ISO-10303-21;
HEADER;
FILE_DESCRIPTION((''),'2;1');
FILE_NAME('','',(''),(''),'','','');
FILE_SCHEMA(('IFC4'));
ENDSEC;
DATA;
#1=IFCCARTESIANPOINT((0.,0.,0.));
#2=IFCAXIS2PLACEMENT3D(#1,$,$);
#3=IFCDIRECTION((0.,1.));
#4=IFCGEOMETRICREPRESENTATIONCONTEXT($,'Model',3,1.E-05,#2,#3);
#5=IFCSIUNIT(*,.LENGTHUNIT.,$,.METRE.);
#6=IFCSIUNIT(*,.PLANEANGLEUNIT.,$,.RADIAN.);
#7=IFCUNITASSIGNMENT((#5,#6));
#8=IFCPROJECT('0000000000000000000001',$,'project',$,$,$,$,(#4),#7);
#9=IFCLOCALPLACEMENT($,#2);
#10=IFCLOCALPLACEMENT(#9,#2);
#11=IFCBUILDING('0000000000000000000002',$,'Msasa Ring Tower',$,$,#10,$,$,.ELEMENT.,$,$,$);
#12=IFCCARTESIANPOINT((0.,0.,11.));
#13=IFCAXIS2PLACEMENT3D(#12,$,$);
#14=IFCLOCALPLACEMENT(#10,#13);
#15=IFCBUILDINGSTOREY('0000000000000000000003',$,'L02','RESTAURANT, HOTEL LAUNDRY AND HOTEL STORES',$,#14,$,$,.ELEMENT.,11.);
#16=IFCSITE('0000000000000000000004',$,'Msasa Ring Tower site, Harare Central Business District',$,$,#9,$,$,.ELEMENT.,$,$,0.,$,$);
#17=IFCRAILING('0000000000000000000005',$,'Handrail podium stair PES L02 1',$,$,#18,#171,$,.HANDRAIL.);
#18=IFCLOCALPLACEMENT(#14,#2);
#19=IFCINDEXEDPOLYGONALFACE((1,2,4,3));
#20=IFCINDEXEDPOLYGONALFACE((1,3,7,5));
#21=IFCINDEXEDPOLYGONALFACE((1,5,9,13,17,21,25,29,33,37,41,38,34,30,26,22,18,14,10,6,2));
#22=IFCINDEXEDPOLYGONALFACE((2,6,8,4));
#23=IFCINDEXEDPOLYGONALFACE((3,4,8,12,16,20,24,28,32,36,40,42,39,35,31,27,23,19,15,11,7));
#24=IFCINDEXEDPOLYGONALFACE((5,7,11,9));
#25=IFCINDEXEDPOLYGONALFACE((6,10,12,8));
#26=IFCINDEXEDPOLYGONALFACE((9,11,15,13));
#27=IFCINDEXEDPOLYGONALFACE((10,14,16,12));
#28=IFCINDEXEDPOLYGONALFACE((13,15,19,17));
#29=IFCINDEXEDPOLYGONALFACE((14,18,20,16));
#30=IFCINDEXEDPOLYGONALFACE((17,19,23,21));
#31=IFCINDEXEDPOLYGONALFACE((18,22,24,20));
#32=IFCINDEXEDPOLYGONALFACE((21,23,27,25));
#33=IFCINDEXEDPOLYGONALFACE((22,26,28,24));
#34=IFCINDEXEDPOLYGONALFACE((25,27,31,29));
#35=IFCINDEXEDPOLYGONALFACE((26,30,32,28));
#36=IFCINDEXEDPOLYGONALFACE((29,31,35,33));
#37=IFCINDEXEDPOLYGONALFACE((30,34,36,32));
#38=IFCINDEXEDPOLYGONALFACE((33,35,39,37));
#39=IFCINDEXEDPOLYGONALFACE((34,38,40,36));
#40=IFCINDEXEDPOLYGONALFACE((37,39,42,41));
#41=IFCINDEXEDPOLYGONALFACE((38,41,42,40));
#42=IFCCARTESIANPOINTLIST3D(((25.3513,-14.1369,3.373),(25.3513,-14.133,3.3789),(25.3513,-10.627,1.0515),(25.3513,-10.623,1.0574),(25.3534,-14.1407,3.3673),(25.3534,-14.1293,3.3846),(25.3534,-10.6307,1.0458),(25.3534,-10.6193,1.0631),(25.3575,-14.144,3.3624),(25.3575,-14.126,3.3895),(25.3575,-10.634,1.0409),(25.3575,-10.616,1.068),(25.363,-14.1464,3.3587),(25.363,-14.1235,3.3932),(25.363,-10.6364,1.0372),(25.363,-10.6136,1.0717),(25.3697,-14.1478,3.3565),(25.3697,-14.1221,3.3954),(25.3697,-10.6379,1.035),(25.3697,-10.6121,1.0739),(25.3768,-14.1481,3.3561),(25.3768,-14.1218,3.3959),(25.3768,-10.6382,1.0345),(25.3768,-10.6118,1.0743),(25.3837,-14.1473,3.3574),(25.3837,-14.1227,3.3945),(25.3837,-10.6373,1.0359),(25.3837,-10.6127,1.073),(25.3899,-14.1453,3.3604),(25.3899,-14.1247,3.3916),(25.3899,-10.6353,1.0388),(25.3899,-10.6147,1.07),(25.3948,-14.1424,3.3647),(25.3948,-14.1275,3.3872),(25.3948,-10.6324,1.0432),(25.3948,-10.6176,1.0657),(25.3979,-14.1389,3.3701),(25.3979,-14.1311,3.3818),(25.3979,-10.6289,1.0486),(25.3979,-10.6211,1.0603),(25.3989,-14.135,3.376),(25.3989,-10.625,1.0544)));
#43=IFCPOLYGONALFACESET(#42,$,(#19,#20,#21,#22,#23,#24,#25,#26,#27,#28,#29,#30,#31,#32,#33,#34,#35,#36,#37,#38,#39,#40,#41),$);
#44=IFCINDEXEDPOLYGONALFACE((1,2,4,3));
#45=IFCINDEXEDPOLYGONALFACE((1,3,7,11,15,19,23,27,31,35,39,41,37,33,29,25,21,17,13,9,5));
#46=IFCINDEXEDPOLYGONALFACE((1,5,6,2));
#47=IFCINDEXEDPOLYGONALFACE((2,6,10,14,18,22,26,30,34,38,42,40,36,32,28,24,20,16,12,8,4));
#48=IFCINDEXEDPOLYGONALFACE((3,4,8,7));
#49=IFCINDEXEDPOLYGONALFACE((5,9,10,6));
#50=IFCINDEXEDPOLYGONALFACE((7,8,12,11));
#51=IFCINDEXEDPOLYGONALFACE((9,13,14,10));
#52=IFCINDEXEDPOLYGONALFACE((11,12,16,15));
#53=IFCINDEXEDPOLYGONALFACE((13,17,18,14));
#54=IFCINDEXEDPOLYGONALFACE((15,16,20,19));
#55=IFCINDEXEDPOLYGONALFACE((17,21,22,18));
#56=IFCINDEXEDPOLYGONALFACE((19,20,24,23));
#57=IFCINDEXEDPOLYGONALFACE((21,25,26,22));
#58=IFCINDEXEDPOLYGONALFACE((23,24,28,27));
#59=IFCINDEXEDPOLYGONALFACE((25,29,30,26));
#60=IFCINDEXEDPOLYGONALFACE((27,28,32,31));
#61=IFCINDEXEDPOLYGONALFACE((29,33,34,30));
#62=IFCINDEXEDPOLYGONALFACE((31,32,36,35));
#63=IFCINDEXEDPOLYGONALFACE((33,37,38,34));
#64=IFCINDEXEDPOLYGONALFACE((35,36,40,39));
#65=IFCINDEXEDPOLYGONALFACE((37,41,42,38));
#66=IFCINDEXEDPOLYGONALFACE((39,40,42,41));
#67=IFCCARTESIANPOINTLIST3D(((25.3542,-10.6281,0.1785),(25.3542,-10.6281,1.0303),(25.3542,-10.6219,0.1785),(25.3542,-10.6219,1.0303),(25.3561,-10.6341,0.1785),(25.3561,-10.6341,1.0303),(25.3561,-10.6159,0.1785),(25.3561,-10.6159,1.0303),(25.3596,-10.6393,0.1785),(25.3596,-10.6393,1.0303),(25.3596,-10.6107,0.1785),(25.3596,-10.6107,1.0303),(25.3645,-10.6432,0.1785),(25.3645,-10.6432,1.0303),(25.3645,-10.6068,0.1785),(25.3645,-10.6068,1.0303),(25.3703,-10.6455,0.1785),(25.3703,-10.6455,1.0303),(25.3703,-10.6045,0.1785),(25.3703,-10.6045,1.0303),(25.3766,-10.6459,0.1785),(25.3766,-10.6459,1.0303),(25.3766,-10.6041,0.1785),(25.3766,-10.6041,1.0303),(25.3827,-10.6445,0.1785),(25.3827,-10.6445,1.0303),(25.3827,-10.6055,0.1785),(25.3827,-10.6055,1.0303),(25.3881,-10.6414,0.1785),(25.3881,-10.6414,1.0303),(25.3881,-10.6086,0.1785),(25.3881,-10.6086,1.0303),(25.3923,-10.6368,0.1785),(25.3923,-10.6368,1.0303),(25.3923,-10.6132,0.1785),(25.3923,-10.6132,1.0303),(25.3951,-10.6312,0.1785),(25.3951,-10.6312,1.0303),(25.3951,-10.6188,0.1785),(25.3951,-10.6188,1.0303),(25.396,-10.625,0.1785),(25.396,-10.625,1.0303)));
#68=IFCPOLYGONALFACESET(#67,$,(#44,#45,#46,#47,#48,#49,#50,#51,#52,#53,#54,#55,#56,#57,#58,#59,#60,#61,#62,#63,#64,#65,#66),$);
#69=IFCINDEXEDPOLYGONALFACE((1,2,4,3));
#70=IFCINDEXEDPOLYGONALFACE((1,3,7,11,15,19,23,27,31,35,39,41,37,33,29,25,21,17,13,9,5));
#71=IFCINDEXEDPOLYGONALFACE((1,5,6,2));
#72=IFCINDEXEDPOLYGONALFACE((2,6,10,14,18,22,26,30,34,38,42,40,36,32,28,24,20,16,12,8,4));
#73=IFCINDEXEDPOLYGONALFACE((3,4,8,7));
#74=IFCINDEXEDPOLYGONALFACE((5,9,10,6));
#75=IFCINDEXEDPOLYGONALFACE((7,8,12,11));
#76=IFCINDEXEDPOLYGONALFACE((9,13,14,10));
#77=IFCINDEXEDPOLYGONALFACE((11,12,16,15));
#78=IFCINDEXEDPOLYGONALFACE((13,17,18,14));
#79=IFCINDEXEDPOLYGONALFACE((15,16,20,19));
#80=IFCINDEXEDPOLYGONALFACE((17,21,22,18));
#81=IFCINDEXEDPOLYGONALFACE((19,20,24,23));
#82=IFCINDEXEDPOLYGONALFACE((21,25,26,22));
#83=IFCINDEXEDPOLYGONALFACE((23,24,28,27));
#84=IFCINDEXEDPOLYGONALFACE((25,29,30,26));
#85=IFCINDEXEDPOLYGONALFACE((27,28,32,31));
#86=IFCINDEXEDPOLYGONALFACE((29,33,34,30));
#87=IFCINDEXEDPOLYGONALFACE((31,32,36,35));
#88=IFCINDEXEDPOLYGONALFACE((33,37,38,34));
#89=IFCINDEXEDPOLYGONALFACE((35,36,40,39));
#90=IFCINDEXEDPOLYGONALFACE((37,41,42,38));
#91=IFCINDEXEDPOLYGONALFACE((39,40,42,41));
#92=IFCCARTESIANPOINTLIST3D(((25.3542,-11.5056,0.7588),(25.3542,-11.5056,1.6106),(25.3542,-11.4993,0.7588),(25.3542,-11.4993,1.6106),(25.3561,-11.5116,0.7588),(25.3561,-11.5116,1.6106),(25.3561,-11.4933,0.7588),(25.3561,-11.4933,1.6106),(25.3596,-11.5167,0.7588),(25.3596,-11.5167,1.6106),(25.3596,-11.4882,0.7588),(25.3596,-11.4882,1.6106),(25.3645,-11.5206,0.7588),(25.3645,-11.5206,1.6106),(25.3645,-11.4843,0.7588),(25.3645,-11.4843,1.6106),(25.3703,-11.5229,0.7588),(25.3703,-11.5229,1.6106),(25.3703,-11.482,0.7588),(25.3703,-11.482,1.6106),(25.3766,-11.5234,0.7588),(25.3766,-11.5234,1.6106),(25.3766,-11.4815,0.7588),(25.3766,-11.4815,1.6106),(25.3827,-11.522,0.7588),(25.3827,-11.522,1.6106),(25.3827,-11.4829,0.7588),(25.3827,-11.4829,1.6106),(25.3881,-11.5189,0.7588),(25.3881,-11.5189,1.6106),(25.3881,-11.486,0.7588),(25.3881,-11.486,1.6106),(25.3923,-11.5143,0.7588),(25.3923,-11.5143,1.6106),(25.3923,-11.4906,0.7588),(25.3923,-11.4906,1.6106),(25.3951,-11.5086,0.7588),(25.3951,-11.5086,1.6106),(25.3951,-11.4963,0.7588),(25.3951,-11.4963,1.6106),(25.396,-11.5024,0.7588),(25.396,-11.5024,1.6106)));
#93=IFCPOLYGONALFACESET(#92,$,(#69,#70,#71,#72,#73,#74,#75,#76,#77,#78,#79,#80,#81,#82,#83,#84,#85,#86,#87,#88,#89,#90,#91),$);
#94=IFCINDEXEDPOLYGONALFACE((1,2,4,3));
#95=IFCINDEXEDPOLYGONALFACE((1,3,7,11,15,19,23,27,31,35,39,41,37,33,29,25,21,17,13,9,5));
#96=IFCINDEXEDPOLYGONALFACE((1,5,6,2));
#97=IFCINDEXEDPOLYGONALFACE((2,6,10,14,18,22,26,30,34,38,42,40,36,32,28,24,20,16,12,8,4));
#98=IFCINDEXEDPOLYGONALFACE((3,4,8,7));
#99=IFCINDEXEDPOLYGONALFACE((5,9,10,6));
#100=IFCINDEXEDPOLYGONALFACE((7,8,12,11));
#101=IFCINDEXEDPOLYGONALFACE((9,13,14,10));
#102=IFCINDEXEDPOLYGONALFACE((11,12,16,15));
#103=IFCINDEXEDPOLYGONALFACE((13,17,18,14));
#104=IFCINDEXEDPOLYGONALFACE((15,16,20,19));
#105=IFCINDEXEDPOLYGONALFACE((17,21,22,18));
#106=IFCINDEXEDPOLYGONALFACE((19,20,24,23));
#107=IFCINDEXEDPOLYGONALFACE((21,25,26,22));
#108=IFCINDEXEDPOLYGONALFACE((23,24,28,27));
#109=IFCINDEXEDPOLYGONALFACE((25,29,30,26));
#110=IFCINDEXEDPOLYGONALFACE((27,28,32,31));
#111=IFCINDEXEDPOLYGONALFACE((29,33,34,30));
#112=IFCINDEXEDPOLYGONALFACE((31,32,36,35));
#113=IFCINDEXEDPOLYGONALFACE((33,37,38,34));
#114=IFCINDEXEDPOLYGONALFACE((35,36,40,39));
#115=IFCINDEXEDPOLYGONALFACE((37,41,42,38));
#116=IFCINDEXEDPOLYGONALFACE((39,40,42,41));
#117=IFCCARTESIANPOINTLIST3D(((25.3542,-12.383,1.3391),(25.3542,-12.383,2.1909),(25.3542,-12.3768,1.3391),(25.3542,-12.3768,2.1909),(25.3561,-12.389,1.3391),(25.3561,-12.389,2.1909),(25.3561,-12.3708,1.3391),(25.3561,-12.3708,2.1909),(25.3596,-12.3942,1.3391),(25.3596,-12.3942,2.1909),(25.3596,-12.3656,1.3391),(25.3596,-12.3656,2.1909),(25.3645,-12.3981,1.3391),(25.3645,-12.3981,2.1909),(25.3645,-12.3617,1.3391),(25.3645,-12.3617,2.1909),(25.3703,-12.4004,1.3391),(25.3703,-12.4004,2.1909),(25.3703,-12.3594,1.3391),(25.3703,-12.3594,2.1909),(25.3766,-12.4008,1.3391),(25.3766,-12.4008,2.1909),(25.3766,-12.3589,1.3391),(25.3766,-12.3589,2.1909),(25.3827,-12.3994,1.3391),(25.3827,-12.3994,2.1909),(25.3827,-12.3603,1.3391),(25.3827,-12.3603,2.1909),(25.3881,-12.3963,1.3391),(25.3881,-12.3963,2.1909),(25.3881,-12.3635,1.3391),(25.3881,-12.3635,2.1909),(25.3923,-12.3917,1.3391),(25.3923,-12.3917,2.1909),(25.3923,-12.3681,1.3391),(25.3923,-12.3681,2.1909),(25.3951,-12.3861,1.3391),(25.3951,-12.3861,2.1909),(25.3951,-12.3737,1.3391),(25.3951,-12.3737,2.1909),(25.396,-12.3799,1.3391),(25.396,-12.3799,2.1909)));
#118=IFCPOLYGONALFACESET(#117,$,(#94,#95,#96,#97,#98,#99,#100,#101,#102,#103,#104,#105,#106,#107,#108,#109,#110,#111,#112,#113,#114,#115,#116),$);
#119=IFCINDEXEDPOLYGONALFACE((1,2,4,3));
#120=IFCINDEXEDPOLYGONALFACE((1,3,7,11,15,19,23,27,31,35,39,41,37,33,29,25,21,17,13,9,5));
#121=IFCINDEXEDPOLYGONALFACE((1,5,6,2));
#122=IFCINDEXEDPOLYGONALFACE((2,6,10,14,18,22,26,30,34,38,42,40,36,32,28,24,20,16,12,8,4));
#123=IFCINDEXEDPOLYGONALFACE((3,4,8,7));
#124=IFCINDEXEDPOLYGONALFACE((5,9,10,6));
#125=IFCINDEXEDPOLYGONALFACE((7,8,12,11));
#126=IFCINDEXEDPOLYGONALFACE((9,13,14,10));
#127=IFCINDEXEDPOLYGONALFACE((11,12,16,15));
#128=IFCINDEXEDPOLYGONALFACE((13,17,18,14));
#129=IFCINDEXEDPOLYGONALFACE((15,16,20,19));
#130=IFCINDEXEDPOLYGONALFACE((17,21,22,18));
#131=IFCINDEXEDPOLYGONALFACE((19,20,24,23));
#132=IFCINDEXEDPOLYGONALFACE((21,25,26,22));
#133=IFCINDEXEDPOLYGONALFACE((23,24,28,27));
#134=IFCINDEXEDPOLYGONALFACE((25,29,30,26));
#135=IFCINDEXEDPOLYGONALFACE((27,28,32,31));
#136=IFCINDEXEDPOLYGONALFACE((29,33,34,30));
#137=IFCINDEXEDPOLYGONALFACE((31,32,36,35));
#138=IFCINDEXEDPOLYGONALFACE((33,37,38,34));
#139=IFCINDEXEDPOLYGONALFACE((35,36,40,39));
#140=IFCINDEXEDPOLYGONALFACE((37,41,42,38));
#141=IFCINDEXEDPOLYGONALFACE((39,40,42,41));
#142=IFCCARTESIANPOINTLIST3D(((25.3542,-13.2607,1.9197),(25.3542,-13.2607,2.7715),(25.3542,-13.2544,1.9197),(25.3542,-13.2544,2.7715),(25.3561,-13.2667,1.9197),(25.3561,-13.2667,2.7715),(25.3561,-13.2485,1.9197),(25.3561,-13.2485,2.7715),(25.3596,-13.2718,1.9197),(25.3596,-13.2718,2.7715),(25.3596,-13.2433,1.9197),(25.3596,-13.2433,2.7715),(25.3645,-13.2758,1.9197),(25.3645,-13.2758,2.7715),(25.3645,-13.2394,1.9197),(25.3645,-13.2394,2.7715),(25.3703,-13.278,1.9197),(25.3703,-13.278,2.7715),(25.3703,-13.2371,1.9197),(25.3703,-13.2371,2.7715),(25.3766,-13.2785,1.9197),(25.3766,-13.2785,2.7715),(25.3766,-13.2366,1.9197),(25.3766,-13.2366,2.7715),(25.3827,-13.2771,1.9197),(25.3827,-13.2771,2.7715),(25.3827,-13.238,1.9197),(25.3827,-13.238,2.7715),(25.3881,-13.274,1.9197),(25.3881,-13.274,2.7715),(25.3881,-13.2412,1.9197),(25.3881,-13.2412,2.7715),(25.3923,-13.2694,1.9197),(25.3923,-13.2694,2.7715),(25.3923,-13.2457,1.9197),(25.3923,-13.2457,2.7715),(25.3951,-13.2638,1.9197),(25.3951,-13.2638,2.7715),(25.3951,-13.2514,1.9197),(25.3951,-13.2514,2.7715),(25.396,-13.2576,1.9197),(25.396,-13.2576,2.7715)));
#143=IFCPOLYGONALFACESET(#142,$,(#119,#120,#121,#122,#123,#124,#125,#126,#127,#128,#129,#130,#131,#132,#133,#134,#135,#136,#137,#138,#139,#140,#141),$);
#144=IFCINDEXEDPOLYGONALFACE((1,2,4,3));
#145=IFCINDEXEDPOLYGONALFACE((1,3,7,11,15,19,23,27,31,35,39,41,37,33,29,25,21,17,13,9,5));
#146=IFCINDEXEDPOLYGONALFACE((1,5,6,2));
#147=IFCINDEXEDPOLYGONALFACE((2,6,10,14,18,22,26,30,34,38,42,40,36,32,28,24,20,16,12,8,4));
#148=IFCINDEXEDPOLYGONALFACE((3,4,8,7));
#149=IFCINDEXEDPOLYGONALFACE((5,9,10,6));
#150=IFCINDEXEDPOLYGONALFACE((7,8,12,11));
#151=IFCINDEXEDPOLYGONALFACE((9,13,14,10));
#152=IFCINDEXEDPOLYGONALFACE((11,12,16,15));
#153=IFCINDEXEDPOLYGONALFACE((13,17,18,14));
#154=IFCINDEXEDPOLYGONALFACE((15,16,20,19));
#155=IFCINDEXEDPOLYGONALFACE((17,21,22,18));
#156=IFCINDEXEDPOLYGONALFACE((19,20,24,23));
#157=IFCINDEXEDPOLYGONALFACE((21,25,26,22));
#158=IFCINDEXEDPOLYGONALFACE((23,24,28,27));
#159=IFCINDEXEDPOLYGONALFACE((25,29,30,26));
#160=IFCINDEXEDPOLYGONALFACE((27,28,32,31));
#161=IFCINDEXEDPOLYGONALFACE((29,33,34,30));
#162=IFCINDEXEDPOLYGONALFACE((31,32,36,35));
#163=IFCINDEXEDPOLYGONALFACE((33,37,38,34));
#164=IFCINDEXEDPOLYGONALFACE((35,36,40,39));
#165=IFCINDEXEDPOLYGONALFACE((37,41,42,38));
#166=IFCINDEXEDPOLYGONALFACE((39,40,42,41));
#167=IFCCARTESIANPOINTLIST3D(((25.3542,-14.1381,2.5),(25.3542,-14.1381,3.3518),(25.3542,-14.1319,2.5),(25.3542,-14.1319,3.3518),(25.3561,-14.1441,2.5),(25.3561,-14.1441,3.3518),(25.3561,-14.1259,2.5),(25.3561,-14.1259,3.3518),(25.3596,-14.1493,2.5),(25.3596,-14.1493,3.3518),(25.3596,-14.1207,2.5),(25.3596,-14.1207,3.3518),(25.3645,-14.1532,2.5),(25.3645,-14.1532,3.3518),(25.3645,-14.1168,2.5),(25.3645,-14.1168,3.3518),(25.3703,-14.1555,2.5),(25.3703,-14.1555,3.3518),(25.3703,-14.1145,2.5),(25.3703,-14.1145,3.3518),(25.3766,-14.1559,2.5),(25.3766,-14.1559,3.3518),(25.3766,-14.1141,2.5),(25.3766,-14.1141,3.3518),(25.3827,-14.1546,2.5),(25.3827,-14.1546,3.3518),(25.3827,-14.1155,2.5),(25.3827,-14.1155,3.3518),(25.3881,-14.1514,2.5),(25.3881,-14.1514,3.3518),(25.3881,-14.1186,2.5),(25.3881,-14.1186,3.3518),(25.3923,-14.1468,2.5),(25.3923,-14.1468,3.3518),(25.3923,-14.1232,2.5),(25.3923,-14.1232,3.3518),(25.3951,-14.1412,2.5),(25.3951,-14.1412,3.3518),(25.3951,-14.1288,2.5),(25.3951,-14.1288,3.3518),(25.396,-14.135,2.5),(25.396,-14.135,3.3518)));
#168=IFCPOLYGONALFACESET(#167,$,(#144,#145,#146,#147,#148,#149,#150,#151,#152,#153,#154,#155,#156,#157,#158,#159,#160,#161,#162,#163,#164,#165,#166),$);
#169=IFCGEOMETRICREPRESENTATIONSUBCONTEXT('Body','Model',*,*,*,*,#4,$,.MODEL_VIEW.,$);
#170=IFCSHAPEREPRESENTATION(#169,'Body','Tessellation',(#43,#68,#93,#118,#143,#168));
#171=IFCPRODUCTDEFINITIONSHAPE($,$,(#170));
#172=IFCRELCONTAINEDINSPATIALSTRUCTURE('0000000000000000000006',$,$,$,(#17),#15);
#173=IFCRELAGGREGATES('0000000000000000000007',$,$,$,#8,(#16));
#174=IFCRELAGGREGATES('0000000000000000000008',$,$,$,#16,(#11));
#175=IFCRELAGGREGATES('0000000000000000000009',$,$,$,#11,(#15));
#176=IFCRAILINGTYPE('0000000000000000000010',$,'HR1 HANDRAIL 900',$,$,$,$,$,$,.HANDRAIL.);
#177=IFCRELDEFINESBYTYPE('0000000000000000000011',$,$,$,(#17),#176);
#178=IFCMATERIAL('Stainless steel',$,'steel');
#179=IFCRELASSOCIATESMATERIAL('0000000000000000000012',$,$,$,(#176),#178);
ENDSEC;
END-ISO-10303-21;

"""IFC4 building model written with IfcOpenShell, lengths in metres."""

from ifc_helpers import new_model, si_unit, direction, frame, origin, origin_2d, place, context, subcontext, project, spatial, circle, extrude, material, type_object, element, save


model = new_model("IFC4")

# Units and contexts
model_context = context("Model", 3, precision=1e-05, world=origin(), true_north=direction((0.0, 1.0)))
body_context = subcontext(model_context, "Body", "Model", "MODEL_VIEW")
ifc_project = project(units=[si_unit("LENGTHUNIT", "METRE"), si_unit("PLANEANGLEUNIT", "RADIAN")], contexts=[model_context])

# Site, building, storey
site_placement = place(None, origin())
site = spatial("IfcSite", under=ifc_project, at=site_placement, Name="Msasa Ring Tower site, Harare Central Business District", CompositionType="ELEMENT", RefElevation=0.0)
building_placement = place(site_placement, origin())
building = spatial("IfcBuilding", under=site, at=building_placement, Name="Msasa Ring Tower", CompositionType="ELEMENT")
storey_placement = place(building_placement, frame((0.0, 0.0, 11.0)))
storey = spatial("IfcBuildingStorey", under=building, at=storey_placement, Name="L02", Description="RESTAURANT, HOTEL LAUNDRY AND HOTEL STORES", CompositionType="ELEMENT", Elevation=11.0)

# Railing
ifc_material_1 = material(Name="Stainless steel", Category="steel")
railing_type = type_object("IfcRailingType", Name="HR1 HANDRAIL 900", PredefinedType="HANDRAIL", material=ifc_material_1)
for number, where, name in (
    (1, (25.375, -10.625, 0.1785), "Handrail podium stair PES L02 1"),
):
    element("IfcRailing", number, at=place(storey_placement, frame(where)), inside=storey, type_object=railing_type, Name=name, PredefinedType="HANDRAIL", context=body_context, shape_type="SweptSolid", body=[
        extrude(circle(Radius=0.0239, at=origin_2d()), frame((0.0, 0.0, 0.876), z_axis=(0.0, -0.834071, 0.551657), x_axis=(1.0, 0.0, 0.0)), (0.0, 0.0, 1.0), 4.2083),
        extrude(circle(Radius=0.021, at=origin_2d()), origin(), (0.0, 0.0, 1.0), 0.8518),
        extrude(circle(Radius=0.021, at=origin_2d()), frame((0.0, -0.8774, 0.5803)), (0.0, 0.0, 1.0), 0.8518),
        extrude(circle(Radius=0.021, at=origin_2d()), frame((0.0, -1.7549, 1.1606)), (0.0, 0.0, 1.0), 0.8518),
        extrude(circle(Radius=0.021, at=origin_2d()), frame((0.0, -2.6326, 1.7412)), (0.0, 0.0, 1.0), 0.8518),
        extrude(circle(Radius=0.021, at=origin_2d()), frame((0.0, -3.51, 2.3215)), (0.0, 0.0, 1.0), 0.8518),
    ])

save(model, "model.ifc")
